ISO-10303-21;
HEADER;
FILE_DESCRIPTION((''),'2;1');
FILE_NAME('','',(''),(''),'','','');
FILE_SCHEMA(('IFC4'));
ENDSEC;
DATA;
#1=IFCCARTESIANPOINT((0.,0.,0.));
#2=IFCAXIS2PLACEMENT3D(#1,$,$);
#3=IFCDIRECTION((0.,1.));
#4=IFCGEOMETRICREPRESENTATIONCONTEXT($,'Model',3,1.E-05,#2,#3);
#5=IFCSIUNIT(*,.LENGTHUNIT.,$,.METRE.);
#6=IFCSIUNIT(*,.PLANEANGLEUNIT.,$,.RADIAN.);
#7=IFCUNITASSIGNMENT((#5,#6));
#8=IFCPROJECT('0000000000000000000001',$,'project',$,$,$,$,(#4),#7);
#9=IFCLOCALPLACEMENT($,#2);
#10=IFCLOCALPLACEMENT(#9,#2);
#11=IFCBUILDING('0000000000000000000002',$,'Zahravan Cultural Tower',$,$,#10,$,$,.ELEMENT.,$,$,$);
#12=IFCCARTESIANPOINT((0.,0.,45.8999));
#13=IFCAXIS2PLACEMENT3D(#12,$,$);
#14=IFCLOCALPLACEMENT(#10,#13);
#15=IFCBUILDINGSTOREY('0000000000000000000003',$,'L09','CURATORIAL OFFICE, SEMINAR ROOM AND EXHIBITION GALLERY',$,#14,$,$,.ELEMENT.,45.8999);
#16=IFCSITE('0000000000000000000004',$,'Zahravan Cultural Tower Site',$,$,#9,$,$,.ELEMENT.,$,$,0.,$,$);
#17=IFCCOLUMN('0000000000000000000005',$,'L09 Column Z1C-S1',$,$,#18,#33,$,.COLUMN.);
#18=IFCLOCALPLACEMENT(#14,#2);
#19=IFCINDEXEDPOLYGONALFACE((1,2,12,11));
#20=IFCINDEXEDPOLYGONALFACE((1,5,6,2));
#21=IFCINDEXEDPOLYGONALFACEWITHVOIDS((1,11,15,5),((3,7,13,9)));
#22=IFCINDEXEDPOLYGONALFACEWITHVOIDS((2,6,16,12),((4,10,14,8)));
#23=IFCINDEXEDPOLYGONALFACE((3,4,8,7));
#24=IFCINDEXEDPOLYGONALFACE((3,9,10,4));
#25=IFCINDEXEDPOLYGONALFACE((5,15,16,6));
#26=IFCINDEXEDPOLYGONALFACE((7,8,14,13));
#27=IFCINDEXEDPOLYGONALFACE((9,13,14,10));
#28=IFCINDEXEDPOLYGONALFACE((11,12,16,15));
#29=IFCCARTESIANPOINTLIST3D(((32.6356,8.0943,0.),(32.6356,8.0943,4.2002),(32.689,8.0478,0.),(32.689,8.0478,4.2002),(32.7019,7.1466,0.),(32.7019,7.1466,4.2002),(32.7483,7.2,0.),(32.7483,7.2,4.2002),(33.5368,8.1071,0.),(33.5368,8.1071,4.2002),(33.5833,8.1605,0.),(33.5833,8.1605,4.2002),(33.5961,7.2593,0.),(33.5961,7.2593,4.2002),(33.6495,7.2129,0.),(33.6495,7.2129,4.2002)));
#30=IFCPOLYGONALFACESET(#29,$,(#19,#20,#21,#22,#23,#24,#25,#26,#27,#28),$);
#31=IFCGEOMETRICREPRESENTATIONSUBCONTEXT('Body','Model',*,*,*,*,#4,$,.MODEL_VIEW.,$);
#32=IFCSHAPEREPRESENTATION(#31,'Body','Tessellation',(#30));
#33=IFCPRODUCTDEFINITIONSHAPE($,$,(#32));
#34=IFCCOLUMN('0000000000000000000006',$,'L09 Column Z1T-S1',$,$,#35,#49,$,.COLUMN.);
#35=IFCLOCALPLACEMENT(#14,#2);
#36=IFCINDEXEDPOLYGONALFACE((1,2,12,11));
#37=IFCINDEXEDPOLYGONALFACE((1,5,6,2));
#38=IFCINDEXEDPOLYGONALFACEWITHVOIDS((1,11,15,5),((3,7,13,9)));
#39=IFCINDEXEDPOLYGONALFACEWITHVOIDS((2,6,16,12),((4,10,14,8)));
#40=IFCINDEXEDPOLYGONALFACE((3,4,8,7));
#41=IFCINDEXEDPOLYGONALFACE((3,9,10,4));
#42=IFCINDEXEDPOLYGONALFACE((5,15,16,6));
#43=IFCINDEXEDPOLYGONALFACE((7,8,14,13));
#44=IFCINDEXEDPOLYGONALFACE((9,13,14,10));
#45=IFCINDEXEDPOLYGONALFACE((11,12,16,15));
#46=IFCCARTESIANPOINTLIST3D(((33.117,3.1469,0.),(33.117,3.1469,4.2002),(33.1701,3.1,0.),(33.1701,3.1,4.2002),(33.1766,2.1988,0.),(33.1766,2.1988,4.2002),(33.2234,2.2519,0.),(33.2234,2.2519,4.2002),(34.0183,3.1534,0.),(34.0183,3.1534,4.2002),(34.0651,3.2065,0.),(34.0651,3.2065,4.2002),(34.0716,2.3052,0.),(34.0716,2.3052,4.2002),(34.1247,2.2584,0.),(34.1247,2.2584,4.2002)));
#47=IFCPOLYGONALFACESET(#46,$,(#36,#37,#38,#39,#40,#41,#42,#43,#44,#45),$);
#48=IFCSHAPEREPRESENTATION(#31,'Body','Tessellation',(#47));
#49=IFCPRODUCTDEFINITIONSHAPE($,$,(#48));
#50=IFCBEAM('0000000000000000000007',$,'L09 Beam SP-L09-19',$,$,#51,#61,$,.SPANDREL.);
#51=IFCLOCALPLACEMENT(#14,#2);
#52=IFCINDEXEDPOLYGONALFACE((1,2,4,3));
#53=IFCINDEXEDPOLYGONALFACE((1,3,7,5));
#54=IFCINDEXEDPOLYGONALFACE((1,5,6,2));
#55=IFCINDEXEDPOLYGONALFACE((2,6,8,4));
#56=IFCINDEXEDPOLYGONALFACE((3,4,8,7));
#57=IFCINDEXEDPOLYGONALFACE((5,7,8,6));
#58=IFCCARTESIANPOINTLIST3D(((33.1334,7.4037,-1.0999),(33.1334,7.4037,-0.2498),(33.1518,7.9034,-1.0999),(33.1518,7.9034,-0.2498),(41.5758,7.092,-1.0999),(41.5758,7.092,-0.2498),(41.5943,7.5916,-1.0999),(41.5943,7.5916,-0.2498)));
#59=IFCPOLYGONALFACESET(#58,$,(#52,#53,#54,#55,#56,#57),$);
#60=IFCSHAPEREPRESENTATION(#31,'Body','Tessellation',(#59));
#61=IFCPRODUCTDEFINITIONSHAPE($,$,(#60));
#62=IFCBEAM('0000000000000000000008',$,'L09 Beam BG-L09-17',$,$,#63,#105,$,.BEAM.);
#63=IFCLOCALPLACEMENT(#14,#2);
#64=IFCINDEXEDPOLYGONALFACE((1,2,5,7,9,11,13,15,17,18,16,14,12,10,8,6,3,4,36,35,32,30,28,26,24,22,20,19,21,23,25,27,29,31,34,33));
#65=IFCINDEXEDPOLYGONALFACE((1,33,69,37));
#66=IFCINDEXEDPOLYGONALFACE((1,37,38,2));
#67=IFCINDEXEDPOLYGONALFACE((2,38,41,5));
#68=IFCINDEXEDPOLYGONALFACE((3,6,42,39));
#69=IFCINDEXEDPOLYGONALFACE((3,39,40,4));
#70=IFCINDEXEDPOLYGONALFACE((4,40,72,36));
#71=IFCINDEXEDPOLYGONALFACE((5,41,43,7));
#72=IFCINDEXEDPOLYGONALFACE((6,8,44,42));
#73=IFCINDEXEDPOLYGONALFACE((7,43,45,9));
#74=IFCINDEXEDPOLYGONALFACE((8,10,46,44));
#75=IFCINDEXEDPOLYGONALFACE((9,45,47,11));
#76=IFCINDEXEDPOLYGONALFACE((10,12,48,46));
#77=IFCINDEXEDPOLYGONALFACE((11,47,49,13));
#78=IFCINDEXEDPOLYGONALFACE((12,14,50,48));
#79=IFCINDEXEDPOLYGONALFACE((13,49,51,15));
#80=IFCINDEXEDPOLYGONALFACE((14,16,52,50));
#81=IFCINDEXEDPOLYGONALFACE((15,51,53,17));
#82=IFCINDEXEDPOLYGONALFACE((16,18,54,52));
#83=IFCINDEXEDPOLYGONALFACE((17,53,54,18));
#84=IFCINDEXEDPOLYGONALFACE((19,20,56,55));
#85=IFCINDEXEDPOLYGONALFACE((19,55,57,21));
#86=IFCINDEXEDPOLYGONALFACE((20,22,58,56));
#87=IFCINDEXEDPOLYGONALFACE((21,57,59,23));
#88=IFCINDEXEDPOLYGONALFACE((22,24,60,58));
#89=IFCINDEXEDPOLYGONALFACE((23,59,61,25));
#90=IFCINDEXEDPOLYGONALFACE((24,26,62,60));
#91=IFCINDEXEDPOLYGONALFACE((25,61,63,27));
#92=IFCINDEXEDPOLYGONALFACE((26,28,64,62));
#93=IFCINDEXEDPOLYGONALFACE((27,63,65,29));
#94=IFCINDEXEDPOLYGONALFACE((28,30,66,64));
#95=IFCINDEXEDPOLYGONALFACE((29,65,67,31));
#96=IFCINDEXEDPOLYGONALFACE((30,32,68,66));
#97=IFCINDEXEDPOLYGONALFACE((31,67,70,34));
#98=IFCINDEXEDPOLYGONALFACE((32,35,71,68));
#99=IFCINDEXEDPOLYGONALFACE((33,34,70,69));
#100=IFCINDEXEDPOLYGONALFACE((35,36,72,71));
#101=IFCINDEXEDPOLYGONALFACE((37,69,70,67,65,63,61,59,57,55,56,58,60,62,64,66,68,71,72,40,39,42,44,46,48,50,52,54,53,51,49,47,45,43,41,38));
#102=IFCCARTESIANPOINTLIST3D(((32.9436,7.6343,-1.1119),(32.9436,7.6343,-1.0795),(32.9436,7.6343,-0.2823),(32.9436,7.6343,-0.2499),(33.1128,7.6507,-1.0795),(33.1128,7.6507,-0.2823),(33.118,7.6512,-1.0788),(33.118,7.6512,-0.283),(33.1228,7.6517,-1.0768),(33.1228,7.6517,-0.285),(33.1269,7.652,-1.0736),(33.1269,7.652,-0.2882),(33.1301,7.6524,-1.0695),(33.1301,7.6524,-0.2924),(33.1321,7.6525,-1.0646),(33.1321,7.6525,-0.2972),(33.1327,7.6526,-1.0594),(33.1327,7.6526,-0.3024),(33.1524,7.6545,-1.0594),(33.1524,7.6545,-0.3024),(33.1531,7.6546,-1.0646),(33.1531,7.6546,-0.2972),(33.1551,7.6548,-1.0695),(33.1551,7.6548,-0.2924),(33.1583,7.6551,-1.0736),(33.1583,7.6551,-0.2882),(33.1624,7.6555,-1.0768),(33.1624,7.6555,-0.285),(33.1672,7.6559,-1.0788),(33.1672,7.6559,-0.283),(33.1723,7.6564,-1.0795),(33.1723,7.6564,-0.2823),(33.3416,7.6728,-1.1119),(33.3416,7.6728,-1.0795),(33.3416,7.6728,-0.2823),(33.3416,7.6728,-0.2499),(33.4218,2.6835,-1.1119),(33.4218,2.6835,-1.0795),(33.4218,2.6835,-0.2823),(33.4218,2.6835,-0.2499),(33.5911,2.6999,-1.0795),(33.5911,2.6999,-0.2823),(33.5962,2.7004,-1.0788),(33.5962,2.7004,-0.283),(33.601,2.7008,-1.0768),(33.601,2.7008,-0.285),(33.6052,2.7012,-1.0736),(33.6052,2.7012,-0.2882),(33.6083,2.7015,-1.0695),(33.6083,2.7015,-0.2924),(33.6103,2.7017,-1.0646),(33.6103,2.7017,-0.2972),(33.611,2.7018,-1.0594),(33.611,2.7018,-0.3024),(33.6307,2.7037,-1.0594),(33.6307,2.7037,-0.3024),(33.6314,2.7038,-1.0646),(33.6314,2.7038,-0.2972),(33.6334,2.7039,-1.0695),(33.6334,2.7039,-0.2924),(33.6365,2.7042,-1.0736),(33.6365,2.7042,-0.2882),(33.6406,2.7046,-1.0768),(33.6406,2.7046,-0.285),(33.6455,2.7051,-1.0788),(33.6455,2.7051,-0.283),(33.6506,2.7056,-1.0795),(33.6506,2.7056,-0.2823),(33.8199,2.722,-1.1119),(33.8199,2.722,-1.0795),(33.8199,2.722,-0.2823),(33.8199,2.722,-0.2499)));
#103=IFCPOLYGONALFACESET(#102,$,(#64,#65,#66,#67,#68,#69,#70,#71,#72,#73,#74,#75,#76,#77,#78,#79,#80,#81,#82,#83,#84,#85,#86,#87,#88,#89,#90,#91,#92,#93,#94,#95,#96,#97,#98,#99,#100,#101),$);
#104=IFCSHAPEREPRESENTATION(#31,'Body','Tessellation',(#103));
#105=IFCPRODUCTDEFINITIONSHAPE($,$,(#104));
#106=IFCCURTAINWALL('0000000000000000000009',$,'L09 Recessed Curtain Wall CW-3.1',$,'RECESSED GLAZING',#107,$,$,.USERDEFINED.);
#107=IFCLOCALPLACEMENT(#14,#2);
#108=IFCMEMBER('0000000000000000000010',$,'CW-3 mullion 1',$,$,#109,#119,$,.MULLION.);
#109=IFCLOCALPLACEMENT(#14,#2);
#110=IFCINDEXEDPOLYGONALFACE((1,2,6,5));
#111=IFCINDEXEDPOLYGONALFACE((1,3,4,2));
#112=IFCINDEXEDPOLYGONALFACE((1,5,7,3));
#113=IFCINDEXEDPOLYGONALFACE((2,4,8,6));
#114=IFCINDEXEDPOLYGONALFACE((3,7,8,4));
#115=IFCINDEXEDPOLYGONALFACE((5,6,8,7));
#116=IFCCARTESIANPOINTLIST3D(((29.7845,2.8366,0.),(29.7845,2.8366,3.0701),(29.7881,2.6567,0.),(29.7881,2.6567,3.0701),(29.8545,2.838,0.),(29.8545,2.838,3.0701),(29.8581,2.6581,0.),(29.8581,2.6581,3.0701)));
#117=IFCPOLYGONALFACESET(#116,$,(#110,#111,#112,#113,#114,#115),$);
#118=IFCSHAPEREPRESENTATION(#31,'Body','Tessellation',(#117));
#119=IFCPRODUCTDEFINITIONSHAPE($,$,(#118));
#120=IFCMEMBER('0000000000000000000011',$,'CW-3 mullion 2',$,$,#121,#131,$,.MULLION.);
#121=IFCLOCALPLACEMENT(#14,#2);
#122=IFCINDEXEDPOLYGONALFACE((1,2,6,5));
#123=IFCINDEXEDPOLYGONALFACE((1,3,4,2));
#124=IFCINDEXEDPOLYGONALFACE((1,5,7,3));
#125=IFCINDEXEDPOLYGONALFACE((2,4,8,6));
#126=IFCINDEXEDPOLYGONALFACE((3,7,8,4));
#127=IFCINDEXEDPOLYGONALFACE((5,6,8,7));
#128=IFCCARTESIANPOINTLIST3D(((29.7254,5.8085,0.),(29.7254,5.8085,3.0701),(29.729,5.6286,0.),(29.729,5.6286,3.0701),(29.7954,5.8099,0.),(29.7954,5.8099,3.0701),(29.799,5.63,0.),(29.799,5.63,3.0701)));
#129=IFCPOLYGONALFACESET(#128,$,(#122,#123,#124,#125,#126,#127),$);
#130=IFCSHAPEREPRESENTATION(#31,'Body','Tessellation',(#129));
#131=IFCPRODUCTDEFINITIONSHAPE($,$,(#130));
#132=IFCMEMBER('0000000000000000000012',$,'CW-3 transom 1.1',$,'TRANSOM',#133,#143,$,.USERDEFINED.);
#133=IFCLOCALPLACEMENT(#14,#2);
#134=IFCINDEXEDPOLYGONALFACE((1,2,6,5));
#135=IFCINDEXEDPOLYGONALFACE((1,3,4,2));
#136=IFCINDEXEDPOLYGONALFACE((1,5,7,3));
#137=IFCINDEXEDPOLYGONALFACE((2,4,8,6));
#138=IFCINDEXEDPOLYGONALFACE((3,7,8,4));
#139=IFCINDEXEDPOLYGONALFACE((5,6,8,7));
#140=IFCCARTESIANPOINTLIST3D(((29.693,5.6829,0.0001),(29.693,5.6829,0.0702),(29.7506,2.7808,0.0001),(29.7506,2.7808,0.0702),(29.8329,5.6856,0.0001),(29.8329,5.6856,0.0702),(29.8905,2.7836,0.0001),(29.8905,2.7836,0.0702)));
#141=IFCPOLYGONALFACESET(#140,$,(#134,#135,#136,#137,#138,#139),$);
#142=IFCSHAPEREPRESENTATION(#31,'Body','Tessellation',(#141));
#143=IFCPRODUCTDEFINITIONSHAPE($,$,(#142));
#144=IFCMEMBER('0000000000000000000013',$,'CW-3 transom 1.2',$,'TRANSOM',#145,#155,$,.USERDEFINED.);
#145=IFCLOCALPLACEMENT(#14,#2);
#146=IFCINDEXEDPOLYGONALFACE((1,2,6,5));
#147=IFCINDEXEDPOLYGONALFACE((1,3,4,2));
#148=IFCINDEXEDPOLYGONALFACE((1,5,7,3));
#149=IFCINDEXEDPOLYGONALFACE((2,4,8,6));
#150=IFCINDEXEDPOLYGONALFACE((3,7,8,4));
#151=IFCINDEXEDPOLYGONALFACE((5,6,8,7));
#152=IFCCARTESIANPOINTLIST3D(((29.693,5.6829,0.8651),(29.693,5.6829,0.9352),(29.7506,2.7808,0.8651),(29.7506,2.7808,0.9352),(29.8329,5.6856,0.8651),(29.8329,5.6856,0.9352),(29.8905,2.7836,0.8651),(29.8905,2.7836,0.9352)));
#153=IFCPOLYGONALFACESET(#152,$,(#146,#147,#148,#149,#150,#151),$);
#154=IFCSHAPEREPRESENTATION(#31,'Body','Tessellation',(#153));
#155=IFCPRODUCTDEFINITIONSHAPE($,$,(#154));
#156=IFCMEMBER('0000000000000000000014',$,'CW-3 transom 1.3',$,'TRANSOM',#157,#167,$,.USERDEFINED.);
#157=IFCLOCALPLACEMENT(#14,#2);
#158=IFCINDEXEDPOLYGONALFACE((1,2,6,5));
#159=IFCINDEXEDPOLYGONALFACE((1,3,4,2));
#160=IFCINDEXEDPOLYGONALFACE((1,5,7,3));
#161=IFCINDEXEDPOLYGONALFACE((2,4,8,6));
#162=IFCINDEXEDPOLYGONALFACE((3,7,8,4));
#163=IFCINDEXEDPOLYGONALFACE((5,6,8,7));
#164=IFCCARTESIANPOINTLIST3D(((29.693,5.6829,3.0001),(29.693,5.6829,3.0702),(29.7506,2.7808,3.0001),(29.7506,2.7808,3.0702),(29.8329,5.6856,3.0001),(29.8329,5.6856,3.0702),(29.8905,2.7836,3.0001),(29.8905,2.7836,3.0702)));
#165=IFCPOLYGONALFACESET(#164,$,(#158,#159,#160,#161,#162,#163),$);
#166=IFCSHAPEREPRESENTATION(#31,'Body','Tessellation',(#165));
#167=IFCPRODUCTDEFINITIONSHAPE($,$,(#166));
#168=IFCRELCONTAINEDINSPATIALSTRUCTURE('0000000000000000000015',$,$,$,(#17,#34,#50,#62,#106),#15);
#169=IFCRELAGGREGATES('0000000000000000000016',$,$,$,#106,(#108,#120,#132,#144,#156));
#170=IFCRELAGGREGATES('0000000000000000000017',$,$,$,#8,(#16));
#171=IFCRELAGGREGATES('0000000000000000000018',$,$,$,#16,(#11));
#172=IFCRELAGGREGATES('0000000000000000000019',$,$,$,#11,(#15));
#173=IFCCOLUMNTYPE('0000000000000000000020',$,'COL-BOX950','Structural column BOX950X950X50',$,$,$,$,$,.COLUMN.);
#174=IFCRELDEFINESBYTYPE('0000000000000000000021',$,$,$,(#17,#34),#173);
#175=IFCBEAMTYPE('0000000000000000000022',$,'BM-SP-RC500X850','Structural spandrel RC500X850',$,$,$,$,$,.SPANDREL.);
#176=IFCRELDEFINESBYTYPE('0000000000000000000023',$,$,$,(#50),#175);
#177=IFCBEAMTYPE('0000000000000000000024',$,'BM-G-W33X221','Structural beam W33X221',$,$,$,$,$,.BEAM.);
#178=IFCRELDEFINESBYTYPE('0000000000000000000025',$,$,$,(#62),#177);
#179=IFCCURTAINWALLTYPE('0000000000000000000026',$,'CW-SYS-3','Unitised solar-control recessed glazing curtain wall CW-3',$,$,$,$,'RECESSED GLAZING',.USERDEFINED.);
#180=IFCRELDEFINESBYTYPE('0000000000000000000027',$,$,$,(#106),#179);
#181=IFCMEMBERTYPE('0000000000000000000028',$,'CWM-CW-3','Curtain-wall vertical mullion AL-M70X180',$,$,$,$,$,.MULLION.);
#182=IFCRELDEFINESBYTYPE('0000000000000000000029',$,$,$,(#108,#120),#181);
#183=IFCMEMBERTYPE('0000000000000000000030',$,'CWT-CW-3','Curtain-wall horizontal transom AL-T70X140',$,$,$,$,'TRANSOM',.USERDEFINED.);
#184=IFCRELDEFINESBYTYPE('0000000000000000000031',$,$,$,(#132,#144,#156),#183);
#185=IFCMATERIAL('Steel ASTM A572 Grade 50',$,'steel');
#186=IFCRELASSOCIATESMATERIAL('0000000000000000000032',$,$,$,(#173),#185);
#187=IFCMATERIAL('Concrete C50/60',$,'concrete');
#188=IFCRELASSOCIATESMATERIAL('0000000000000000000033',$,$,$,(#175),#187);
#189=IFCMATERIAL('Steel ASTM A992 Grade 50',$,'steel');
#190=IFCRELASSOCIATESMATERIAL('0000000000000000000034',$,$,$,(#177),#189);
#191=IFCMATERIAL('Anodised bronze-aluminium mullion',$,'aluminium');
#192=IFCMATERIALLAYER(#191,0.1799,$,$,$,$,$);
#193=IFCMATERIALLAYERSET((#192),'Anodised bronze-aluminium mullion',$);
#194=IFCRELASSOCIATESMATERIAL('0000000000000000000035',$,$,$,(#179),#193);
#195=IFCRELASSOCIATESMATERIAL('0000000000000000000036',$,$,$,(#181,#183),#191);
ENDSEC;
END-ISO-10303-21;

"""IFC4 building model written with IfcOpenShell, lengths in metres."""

from ifc_helpers import new_model, si_unit, direction, frame, origin, origin_2d, place, context, subcontext, project, spatial, rectangle, hollow_rectangle, i_section, extrude, source, transform, mapped, material, layer, layer_set, material_profile, profile_set, type_object, element, aggregate, save


model = new_model("IFC4")

# Units and contexts
model_context = context("Model", 3, precision=1e-05, world=origin(), true_north=direction((0.0, 1.0)))
body_context = subcontext(model_context, "Body", "Model", "MODEL_VIEW")
ifc_project = project(units=[si_unit("LENGTHUNIT", "METRE"), si_unit("PLANEANGLEUNIT", "RADIAN")], contexts=[model_context])

# Site, building, storey
site_placement = place(None, origin())
site = spatial("IfcSite", under=ifc_project, at=site_placement, Name="Zahravan Cultural Tower Site", CompositionType="ELEMENT", RefElevation=0.0)
building_placement = place(site_placement, origin())
building = spatial("IfcBuilding", under=site, at=building_placement, Name="Zahravan Cultural Tower", CompositionType="ELEMENT")
storey_placement = place(building_placement, frame((0.0, 0.0, 45.8999)))
storey = spatial("IfcBuildingStorey", under=building, at=storey_placement, Name="L09", Description="CURATORIAL OFFICE, SEMINAR ROOM AND EXHIBITION GALLERY", CompositionType="ELEMENT", Elevation=45.8999)

# Columns
ifc_material_1 = material(Name="Steel ASTM A572 Grade 50", Category="steel")
ifc_material_profile_1 = material_profile(ifc_material_1, hollow_rectangle(XDim=0.95, YDim=0.95, WallThickness=0.05, at=origin_2d()), Name="BOX950X950X50")
ifc_profile_set_1 = profile_set([ifc_material_profile_1], Name="Steel ASTM A572 Grade 50")
column_type = type_object("IfcColumnType", Name="COL-BOX950", Description="Structural column BOX950X950X50", PredefinedType="COLUMN", material=ifc_profile_set_1)
shared_shape_1 = source(origin(), body_context, "Body", "SweptSolid", [
    extrude(hollow_rectangle(XDim=0.95, YDim=0.95, WallThickness=0.05, at=origin_2d()), origin(), (0.0, 0.0, 1.0), 4.2002),
])
for number, where, z_axis, x_axis, name in (
    (1, (33.1426, 7.6536, 0.0), (0.0, 0.0, 1.0), (-0.069756, 0.997564, 0.0), "L09 Column Z1C-S1"),
    (2, (33.6208, 2.7026, 0.0), (0.0, 0.0, 1.0), (-0.062791, 0.998027, 0.0), "L09 Column Z1T-S1"),
):
    element("IfcColumn", number, at=place(storey_placement, frame(where, z_axis=z_axis, x_axis=x_axis)), inside=storey, type_object=column_type, Name=name, PredefinedType="COLUMN", context=body_context, shape_type="MappedRepresentation", body=[
        mapped(shared_shape_1, transform((0.0, 0.0, 0.0), x_axis=(1.0, 0.0, 0.0), y_axis=(0.0, 1.0, 0.0), z_axis=(0.0, 0.0, 1.0), scale=1.0)),
    ])

# Beams
ifc_material_2 = material(Name="Concrete C50/60", Category="concrete")
ifc_material_profile_2 = material_profile(ifc_material_2, rectangle(XDim=0.5, YDim=0.8501, at=origin_2d()), Name="RC500X850")
ifc_profile_set_2 = profile_set([ifc_material_profile_2], Name="Concrete C50/60")
beam_type_1 = type_object("IfcBeamType", Name="BM-SP-RC500X850", Description="Structural spandrel RC500X850", PredefinedType="SPANDREL", material=ifc_profile_set_2)
shared_shape_2 = source(origin(), body_context, "Body", "SweptSolid", [
    extrude(rectangle(XDim=0.5, YDim=0.8501, at=origin_2d()), origin(), (0.0, 0.0, 1.0), 8.4482),
])
beam_1_placement = place(storey_placement, frame((33.1426, 7.6536, -0.6748), z_axis=(0.999319, -0.036904, 0.0), x_axis=(0.036904, 0.999319, 0.0)))
element("IfcBeam", 3, at=beam_1_placement, inside=storey, type_object=beam_type_1, Name="L09 Beam SP-L09-19", PredefinedType="SPANDREL", context=body_context, shape_type="MappedRepresentation", body=[
    mapped(shared_shape_2, transform((0.0, 0.0, 0.0), x_axis=(1.0, 0.0, 0.0), y_axis=(0.0, 1.0, 0.0), z_axis=(0.0, 0.0, 1.0), scale=1.0)),
])
ifc_material_3 = material(Name="Steel ASTM A992 Grade 50", Category="steel")
ifc_material_profile_3 = material_profile(ifc_material_3, i_section(OverallWidth=0.3999, OverallDepth=0.8621, WebThickness=0.0198, FlangeThickness=0.0325, FilletRadius=0.02, at=origin_2d()), Name="W33X221")
ifc_profile_set_3 = profile_set([ifc_material_profile_3], Name="Steel ASTM A992 Grade 50")
beam_type_2 = type_object("IfcBeamType", Name="BM-G-W33X221", Description="Structural beam W33X221", PredefinedType="BEAM", material=ifc_profile_set_3)
shared_shape_3 = source(origin(), body_context, "Body", "SweptSolid", [
    extrude(i_section(OverallWidth=0.3999, OverallDepth=0.8621, WebThickness=0.0198, FlangeThickness=0.0325, FilletRadius=0.02, at=origin_2d()), origin(), (0.0, 0.0, 1.0), 4.9739),
])
beam_2_placement = place(storey_placement, frame((33.1426, 7.6536, -0.6809), z_axis=(0.096155, -0.995366, 0.0), x_axis=(0.995366, 0.096155, 0.0)))
element("IfcBeam", 4, at=beam_2_placement, inside=storey, type_object=beam_type_2, Name="L09 Beam BG-L09-17", PredefinedType="BEAM", context=body_context, shape_type="MappedRepresentation", body=[
    mapped(shared_shape_3, transform((0.0, 0.0, 0.0), x_axis=(1.0, 0.0, 0.0), y_axis=(0.0, 1.0, 0.0), z_axis=(0.0, 0.0, 1.0), scale=1.0)),
])

# Curtain wall, members
ifc_material_4 = material(Name="Anodised bronze-aluminium mullion", Category="aluminium")
ifc_layer_1 = layer(ifc_material_4, 0.1799)
ifc_layer_set_1 = layer_set([ifc_layer_1], Name="Anodised bronze-aluminium mullion")
curtain_wall_type = type_object("IfcCurtainWallType", Name="CW-SYS-3", Description="Unitised solar-control recessed glazing curtain wall CW-3", ElementType="RECESSED GLAZING", PredefinedType="USERDEFINED", material=ifc_layer_set_1)
curtain_wall_placement = place(storey_placement, origin())
curtain_wall = element("IfcCurtainWall", 5, at=curtain_wall_placement, inside=storey, type_object=curtain_wall_type, Name="L09 Recessed Curtain Wall CW-3.1", ObjectType="RECESSED GLAZING", PredefinedType="USERDEFINED")
ifc_material_profile_4 = material_profile(ifc_material_4, rectangle(XDim=0.0701, YDim=0.1799, at=origin_2d()), Name="AL-M70X180")
ifc_profile_set_4 = profile_set([ifc_material_profile_4], Name="Anodised bronze-aluminium mullion")
member_type_1 = type_object("IfcMemberType", Name="CWM-CW-3", Description="Curtain-wall vertical mullion AL-M70X180", PredefinedType="MULLION", material=ifc_profile_set_4)
shared_shape_4 = source(origin(), body_context, "Body", "SweptSolid", [
    extrude(rectangle(XDim=0.0701, YDim=0.1799, at=origin_2d()), origin(), (0.0, 0.0, 1.0), 3.0701),
])
member_1_placement = place(storey_placement, frame((29.8213, 2.7473, 0.0), z_axis=(0.0, 0.0, 1.0), x_axis=(-0.999802, -0.0199, 0.0)))
member_1 = element("IfcMember", 6, at=member_1_placement, type_object=member_type_1, Name="CW-3 mullion 1", PredefinedType="MULLION", context=body_context, shape_type="MappedRepresentation", body=[
    mapped(shared_shape_4, transform((0.0, 0.0, 0.0), x_axis=(1.0, 0.0, 0.0), y_axis=(0.0, 1.0, 0.0), z_axis=(0.0, 0.0, 1.0), scale=1.0)),
])
member_2_placement = place(storey_placement, frame((29.7622, 5.7192, 0.0), z_axis=(0.0, 0.0, 1.0), x_axis=(-0.999802, -0.0199, 0.0)))
member_2 = element("IfcMember", 7, at=member_2_placement, type_object=member_type_1, Name="CW-3 mullion 2", PredefinedType="MULLION", context=body_context, shape_type="MappedRepresentation", body=[
    mapped(shared_shape_4, transform((0.0, 0.0, 0.0), x_axis=(1.0, 0.0, 0.0), y_axis=(0.0, 1.0, 0.0), z_axis=(0.0, 0.0, 1.0), scale=1.0)),
])
ifc_material_profile_5 = material_profile(ifc_material_4, rectangle(XDim=0.1399, YDim=0.0701, at=origin_2d()), Name="AL-T70X140")
ifc_profile_set_5 = profile_set([ifc_material_profile_5], Name="Anodised bronze-aluminium mullion")
member_type_2 = type_object("IfcMemberType", Name="CWT-CW-3", Description="Curtain-wall horizontal transom AL-T70X140", ElementType="TRANSOM", PredefinedType="USERDEFINED", material=ifc_profile_set_5)
shared_shape_5 = source(origin(), body_context, "Body", "SweptSolid", [
    extrude(rectangle(XDim=0.1399, YDim=0.0701, at=origin_2d()), origin(), (0.0, 0.0, 1.0), 2.9026),
])
member_3_placement = place(storey_placement, frame((29.8206, 2.7822, 0.0352), z_axis=(-0.01985, 0.999803, 0.0), x_axis=(-0.999803, -0.01985, 0.0)))
member_3 = element("IfcMember", 8, at=member_3_placement, type_object=member_type_2, Name="CW-3 transom 1.1", ObjectType="TRANSOM", PredefinedType="USERDEFINED", context=body_context, shape_type="MappedRepresentation", body=[
    mapped(shared_shape_5, transform((0.0, 0.0, 0.0), x_axis=(1.0, 0.0, 0.0), y_axis=(0.0, 1.0, 0.0), z_axis=(0.0, 0.0, 1.0), scale=1.0)),
])
member_4_placement = place(storey_placement, frame((29.8206, 2.7822, 0.9001), z_axis=(-0.01985, 0.999803, 0.0), x_axis=(-0.999803, -0.01985, 0.0)))
member_4 = element("IfcMember", 9, at=member_4_placement, type_object=member_type_2, Name="CW-3 transom 1.2", ObjectType="TRANSOM", PredefinedType="USERDEFINED", context=body_context, shape_type="MappedRepresentation", body=[
    mapped(shared_shape_5, transform((0.0, 0.0, 0.0), x_axis=(1.0, 0.0, 0.0), y_axis=(0.0, 1.0, 0.0), z_axis=(0.0, 0.0, 1.0), scale=1.0)),
])
member_5_placement = place(storey_placement, frame((29.8206, 2.7822, 3.0352), z_axis=(-0.01985, 0.999803, 0.0), x_axis=(-0.999803, -0.01985, 0.0)))
member_5 = element("IfcMember", 10, at=member_5_placement, type_object=member_type_2, Name="CW-3 transom 1.3", ObjectType="TRANSOM", PredefinedType="USERDEFINED", context=body_context, shape_type="MappedRepresentation", body=[
    mapped(shared_shape_5, transform((0.0, 0.0, 0.0), x_axis=(1.0, 0.0, 0.0), y_axis=(0.0, 1.0, 0.0), z_axis=(0.0, 0.0, 1.0), scale=1.0)),
])
aggregate(curtain_wall, [member_1, member_2, member_3, member_4, member_5])

save(model, "model.ifc")
